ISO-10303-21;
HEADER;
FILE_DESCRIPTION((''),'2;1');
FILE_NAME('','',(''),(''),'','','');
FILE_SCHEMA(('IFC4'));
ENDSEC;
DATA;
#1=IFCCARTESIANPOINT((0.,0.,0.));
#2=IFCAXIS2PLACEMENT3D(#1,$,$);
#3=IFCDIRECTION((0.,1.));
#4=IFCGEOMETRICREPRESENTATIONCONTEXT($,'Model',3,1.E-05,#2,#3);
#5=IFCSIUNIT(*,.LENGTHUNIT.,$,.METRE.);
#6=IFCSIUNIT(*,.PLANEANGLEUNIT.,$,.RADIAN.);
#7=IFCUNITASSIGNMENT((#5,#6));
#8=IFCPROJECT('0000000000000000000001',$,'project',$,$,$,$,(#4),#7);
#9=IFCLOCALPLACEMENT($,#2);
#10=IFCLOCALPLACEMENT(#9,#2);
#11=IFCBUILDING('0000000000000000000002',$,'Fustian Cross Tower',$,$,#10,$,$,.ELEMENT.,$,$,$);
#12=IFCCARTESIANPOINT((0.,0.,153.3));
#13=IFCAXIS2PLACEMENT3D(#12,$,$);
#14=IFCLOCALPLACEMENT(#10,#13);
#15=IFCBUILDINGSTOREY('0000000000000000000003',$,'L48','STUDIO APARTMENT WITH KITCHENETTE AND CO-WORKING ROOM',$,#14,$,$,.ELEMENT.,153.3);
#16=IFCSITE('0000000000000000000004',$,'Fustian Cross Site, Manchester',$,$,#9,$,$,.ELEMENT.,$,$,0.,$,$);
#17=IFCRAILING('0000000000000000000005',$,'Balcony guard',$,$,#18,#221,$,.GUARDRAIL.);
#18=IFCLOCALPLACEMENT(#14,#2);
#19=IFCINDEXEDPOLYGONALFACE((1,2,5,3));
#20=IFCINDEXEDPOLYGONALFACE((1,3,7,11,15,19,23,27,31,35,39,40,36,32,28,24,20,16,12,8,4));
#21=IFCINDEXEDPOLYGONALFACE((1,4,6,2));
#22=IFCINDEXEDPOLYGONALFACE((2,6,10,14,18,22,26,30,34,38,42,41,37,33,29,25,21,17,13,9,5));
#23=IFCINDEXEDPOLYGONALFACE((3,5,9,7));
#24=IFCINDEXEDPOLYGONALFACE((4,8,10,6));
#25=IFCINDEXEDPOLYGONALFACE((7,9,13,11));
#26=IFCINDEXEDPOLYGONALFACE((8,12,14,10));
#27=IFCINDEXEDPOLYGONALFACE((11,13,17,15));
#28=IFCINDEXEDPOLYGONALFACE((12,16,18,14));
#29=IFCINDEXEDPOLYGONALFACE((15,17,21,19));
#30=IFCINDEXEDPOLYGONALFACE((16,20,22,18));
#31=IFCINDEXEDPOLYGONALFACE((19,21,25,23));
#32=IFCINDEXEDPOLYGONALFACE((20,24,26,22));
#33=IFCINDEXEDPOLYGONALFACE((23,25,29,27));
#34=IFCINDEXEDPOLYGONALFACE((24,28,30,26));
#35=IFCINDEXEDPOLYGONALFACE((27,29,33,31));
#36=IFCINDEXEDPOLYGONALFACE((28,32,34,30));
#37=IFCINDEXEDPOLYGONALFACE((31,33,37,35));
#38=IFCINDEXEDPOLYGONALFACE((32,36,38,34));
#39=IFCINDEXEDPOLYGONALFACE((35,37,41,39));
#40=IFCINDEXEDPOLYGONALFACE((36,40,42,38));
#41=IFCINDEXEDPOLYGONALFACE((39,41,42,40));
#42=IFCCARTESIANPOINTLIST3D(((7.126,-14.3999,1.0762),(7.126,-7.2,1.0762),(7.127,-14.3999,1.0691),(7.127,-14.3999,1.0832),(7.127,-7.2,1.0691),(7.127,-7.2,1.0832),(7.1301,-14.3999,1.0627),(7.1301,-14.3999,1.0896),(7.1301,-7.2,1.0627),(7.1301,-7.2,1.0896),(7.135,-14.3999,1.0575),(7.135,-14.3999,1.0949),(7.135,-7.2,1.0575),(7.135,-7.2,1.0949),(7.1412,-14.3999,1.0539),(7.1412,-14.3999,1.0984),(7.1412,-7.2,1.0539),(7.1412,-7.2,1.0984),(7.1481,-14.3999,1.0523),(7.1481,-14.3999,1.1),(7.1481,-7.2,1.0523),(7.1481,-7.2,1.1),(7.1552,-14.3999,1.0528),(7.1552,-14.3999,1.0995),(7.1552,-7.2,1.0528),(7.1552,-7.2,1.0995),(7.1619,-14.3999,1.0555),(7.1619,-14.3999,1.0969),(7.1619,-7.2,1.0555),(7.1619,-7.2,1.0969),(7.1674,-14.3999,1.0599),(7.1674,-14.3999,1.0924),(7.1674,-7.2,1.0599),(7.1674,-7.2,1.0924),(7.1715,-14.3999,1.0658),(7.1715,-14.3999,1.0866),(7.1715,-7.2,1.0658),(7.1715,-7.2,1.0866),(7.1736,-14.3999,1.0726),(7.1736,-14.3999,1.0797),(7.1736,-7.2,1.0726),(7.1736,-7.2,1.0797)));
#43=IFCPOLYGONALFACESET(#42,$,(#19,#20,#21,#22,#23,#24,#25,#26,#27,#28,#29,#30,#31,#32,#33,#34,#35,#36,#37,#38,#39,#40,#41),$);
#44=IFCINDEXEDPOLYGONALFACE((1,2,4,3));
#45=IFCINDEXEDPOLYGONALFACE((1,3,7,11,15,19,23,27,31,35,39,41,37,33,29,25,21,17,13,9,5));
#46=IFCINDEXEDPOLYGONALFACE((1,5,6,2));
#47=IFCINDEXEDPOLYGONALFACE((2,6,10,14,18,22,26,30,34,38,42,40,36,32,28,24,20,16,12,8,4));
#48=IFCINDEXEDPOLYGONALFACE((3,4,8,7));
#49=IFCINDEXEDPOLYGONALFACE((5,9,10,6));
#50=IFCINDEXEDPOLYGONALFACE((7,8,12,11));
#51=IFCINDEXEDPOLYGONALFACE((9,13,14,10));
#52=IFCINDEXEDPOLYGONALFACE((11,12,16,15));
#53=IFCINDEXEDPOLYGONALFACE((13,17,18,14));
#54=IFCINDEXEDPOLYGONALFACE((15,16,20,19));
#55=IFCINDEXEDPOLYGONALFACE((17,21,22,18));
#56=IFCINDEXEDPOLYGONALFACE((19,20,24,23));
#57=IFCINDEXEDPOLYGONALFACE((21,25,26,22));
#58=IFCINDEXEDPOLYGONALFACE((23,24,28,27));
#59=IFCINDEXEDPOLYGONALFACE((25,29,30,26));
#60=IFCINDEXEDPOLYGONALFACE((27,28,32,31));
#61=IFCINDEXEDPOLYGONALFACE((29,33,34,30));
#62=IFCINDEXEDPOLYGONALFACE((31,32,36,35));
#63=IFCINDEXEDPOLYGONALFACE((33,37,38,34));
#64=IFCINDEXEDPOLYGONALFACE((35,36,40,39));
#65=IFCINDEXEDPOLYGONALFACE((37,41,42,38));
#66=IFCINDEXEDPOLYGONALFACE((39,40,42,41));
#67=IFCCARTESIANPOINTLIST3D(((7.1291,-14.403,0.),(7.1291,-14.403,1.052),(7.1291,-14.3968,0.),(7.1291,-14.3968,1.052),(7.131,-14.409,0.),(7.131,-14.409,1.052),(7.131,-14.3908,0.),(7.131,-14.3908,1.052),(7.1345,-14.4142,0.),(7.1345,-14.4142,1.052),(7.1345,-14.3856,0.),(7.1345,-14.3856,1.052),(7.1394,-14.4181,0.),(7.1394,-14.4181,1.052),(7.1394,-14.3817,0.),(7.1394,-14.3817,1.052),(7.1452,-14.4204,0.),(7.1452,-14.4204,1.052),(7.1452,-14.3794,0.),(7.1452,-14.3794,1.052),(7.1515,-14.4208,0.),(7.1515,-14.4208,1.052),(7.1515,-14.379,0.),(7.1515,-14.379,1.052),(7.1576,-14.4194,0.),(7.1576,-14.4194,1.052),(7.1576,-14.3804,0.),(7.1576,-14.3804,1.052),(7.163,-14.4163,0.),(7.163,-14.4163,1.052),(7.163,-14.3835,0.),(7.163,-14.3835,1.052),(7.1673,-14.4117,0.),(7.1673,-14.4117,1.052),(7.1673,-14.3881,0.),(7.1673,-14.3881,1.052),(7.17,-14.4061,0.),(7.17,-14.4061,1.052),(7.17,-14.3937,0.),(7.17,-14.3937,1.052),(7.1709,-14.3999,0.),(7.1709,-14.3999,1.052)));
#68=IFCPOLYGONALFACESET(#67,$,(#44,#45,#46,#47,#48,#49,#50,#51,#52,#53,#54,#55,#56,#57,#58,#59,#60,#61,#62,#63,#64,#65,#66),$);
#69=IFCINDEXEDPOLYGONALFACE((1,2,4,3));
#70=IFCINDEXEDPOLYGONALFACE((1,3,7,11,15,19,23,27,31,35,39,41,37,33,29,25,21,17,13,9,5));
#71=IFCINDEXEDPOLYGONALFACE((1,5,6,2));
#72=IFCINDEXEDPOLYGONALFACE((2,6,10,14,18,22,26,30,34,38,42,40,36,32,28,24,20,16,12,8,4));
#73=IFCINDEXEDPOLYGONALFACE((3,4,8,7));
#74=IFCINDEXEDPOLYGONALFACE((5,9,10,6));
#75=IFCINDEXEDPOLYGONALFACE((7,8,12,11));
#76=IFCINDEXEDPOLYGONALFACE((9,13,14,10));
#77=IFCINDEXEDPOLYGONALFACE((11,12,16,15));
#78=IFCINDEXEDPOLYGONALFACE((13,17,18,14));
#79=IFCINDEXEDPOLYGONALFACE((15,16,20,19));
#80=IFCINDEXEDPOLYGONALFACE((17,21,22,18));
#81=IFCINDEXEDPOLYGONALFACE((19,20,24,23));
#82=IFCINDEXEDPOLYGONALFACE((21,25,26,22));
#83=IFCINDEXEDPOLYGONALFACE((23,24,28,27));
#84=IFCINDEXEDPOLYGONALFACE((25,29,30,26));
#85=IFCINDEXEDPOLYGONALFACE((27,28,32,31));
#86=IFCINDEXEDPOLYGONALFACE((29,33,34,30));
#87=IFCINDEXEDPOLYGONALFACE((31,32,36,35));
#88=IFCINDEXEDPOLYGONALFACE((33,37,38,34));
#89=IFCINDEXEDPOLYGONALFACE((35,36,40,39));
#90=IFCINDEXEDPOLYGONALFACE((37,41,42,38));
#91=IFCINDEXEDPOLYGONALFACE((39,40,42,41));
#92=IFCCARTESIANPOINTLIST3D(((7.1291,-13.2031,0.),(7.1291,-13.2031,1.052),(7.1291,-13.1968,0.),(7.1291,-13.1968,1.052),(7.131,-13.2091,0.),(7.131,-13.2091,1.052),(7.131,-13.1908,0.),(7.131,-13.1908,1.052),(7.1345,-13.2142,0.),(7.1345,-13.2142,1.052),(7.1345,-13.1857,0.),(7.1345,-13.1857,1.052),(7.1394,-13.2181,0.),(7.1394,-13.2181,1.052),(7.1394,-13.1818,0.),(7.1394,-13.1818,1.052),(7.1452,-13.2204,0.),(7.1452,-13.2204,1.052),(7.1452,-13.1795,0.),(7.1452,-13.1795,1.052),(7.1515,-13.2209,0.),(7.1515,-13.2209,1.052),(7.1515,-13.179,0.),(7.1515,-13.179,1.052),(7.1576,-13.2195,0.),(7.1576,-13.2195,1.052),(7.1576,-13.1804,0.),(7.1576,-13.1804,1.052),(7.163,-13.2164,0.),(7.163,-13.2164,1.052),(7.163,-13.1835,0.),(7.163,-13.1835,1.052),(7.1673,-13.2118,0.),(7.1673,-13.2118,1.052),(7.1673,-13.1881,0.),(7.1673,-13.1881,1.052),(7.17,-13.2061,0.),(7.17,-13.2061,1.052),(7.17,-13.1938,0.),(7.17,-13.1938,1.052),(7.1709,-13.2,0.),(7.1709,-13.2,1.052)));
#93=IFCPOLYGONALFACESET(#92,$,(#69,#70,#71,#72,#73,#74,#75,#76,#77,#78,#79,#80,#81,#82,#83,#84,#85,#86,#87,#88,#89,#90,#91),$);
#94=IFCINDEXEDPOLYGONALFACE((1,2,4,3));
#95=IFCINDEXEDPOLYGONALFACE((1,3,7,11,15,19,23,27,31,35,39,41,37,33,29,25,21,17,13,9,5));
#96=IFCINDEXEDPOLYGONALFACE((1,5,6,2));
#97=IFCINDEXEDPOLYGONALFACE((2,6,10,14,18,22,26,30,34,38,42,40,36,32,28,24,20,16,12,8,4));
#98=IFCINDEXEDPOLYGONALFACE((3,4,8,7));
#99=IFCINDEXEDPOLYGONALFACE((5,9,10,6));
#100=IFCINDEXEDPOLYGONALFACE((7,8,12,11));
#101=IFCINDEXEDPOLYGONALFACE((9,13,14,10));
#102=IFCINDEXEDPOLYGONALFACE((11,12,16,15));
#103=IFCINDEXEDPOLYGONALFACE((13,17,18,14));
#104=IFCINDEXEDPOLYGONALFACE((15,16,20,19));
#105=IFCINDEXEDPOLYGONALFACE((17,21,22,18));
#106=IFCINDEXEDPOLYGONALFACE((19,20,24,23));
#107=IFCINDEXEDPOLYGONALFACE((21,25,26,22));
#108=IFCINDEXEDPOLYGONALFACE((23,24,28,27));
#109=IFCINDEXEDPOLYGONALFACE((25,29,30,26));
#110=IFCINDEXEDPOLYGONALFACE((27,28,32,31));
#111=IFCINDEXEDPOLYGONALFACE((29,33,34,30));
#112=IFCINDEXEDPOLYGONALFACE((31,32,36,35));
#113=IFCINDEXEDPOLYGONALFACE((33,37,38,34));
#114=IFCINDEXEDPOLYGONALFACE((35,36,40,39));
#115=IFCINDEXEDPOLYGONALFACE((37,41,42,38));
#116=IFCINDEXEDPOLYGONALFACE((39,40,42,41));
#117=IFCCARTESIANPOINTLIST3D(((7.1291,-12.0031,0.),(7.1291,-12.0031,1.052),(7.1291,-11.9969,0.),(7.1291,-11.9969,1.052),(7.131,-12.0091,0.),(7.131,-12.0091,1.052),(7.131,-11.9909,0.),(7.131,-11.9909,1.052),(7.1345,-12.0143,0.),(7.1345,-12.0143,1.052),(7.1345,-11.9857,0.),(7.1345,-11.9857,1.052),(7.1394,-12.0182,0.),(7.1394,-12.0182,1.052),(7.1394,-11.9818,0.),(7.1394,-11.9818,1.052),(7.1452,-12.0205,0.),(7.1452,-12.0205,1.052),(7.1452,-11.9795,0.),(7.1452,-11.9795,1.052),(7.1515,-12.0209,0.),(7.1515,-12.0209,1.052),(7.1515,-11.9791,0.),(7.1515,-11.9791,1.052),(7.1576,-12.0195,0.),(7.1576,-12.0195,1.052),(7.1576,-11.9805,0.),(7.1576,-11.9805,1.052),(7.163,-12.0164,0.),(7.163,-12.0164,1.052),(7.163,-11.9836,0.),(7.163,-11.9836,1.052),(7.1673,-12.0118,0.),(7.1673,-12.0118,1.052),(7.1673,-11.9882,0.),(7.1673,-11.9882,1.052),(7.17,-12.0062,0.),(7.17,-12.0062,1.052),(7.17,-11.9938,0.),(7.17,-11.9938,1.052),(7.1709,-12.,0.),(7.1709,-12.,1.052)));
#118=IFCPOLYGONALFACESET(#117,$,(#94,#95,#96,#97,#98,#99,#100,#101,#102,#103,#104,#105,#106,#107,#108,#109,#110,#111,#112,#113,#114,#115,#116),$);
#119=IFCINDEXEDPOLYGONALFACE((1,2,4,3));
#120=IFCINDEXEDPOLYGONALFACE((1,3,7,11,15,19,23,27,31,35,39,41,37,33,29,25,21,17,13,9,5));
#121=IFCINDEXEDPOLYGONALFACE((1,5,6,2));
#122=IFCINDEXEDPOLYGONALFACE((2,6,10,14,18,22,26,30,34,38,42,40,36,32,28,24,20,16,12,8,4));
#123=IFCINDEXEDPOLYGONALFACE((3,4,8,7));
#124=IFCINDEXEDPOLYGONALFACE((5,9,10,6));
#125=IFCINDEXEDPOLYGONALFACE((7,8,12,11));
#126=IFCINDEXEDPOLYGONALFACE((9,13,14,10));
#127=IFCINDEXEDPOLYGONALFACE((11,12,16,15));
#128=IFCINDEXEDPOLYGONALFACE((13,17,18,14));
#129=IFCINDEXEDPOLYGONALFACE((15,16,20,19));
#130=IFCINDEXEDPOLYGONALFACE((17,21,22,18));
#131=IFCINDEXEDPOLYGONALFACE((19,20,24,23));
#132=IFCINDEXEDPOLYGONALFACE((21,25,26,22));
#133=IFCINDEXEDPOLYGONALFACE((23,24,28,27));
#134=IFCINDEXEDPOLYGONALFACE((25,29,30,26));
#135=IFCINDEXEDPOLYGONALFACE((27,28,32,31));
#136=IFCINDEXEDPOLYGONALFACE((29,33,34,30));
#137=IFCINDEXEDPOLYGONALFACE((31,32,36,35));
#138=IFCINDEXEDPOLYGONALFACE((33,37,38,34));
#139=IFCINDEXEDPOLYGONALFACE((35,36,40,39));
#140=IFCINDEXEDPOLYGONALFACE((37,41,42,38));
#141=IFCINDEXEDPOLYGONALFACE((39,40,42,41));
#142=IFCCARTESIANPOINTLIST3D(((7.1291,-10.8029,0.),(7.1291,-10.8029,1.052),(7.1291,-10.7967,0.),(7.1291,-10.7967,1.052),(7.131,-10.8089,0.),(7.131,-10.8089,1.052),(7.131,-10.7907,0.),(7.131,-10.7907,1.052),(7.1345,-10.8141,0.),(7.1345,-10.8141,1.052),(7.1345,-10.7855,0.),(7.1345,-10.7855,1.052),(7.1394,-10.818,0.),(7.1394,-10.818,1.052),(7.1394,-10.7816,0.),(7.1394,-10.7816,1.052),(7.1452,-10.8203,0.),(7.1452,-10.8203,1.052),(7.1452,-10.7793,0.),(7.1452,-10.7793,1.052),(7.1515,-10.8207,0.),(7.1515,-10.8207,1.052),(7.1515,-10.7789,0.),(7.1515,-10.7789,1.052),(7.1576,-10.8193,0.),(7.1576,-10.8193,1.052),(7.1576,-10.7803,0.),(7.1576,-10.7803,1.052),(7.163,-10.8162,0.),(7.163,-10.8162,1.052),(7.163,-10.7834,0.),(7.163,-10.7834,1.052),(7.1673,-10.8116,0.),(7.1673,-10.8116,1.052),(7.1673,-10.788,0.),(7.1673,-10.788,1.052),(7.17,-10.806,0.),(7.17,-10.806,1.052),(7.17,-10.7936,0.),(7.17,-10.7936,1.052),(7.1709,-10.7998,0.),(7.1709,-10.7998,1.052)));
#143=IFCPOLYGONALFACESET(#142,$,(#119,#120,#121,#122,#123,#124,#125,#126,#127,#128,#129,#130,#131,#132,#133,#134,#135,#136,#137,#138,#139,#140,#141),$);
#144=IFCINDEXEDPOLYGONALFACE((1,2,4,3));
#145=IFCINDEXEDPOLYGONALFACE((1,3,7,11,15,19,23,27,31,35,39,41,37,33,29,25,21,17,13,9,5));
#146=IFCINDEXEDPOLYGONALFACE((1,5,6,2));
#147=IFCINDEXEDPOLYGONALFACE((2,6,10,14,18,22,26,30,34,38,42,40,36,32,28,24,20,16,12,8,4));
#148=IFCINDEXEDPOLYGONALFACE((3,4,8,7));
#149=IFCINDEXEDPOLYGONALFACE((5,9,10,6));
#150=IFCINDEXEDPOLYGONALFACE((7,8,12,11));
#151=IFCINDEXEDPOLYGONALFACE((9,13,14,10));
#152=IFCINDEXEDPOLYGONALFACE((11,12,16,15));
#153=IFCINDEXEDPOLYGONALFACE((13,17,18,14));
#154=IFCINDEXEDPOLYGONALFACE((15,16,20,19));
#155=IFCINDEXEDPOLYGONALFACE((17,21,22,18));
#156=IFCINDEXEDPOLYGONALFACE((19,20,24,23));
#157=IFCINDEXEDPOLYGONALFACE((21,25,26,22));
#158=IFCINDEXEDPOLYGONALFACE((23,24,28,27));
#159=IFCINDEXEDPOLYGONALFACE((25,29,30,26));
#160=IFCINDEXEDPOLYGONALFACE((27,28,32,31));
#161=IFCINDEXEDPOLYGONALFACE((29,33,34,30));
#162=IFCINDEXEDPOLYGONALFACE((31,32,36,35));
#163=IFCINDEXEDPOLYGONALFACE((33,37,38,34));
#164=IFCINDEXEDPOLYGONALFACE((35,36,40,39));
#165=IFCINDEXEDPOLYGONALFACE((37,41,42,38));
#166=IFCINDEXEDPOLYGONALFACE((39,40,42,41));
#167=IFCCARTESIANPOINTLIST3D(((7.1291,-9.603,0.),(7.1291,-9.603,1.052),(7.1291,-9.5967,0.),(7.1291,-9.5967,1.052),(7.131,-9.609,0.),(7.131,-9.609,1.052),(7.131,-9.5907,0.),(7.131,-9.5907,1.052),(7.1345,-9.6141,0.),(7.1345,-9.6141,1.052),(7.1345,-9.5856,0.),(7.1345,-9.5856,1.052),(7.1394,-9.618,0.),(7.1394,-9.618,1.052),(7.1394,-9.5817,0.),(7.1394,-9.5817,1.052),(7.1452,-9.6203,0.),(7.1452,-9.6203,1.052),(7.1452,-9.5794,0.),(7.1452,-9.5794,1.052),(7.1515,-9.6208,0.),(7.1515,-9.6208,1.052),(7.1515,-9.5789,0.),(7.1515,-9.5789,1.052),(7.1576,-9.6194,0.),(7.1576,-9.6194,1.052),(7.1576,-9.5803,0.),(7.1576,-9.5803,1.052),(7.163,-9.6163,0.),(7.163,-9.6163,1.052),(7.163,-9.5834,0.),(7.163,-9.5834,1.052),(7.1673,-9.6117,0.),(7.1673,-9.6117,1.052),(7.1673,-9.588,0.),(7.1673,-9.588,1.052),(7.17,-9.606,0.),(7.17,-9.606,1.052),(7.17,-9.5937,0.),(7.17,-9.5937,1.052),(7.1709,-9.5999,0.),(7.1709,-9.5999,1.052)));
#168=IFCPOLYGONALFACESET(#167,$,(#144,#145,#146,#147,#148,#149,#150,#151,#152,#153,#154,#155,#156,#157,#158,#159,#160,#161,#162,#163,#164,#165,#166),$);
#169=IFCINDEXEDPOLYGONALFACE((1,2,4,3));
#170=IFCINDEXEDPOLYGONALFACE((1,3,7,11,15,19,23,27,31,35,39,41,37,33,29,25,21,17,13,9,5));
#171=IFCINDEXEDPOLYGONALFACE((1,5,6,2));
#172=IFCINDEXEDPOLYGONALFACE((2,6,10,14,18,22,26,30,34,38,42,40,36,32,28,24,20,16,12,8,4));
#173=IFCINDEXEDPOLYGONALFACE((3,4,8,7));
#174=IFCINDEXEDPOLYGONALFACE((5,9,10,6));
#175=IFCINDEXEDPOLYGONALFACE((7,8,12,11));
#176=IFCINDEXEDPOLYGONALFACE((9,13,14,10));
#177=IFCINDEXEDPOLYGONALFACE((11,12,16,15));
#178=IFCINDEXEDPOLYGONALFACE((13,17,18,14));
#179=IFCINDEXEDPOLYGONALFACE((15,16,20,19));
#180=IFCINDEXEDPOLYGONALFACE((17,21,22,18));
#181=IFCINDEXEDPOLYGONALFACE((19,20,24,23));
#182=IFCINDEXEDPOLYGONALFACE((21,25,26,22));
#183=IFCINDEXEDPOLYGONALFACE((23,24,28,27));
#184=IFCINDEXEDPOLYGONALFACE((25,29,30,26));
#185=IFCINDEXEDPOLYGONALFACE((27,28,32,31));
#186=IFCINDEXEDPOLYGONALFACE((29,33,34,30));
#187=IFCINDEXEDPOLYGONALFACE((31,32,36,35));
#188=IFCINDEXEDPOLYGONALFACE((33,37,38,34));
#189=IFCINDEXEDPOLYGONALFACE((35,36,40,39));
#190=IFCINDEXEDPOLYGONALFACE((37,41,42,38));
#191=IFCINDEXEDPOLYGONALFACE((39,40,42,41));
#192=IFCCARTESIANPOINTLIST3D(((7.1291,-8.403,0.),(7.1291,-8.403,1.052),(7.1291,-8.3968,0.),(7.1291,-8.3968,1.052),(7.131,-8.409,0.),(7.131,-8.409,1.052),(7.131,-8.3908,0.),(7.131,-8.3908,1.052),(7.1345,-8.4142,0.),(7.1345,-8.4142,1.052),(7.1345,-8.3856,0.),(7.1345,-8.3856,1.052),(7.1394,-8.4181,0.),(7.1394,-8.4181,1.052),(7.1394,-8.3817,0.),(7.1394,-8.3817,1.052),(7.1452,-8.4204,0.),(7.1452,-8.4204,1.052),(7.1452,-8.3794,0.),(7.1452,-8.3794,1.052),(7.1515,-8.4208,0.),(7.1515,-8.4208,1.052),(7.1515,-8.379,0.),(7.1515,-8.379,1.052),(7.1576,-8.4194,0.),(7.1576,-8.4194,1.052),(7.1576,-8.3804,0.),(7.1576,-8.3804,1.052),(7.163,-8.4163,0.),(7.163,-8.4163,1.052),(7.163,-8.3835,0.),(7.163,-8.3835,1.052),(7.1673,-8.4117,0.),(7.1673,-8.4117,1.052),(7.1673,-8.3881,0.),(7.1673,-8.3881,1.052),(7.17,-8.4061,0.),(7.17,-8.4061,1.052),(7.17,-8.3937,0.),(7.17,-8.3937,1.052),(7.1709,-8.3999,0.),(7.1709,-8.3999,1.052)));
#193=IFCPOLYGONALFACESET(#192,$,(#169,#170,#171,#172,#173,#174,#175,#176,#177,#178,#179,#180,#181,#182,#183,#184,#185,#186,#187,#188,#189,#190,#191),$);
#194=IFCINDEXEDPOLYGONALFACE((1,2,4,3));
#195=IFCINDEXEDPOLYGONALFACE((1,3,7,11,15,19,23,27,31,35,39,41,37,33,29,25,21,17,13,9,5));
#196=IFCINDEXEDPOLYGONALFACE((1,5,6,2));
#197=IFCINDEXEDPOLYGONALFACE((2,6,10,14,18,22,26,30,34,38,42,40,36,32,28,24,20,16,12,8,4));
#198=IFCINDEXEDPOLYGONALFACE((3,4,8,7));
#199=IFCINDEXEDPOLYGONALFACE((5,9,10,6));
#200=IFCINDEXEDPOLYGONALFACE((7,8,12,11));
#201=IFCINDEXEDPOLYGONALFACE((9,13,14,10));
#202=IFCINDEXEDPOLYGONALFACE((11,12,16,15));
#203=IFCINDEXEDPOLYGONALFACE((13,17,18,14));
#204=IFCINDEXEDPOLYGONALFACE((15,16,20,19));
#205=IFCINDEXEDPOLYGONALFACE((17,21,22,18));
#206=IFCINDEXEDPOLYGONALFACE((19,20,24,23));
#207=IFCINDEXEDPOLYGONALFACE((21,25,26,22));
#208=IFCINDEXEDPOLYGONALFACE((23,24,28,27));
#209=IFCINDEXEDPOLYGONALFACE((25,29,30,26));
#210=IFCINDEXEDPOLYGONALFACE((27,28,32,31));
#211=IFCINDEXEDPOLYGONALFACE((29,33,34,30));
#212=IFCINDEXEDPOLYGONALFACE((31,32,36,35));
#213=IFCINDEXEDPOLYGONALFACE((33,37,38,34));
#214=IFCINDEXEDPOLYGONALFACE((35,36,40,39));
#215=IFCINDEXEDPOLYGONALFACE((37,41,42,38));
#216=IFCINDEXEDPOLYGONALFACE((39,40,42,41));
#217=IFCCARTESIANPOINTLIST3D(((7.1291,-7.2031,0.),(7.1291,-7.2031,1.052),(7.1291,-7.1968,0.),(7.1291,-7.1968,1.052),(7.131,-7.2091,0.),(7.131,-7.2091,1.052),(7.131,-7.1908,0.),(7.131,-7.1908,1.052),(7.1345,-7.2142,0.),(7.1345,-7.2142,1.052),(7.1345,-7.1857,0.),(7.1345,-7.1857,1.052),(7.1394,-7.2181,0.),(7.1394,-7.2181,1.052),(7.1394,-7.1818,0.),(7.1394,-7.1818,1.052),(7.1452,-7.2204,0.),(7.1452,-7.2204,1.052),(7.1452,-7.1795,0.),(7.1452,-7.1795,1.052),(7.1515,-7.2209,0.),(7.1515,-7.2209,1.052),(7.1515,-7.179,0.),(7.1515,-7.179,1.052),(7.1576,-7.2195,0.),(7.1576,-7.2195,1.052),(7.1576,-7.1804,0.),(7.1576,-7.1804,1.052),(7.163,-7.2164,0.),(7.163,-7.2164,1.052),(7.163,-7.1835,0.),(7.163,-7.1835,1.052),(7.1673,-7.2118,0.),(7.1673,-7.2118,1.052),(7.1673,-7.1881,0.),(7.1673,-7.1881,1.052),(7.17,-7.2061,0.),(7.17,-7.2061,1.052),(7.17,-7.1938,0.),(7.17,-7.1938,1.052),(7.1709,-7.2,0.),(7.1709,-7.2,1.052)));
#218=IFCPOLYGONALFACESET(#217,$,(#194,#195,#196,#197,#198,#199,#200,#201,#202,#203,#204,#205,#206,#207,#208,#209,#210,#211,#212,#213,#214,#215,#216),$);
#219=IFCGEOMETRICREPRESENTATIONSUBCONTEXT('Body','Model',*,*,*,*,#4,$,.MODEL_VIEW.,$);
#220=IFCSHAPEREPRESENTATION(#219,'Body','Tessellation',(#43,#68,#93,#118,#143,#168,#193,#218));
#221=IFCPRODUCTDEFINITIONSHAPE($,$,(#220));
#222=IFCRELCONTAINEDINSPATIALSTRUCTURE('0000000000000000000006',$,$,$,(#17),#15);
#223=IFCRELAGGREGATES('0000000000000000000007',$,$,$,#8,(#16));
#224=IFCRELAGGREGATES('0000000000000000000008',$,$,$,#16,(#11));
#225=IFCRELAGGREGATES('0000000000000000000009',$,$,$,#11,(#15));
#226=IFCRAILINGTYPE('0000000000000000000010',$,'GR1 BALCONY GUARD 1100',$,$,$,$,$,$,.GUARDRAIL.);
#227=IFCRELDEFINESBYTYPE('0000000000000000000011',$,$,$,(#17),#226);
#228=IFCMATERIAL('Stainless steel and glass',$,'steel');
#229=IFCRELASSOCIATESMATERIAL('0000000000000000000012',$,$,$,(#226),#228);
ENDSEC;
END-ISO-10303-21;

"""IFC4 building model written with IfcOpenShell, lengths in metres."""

from ifc_helpers import new_model, si_unit, direction, frame, origin, origin_2d, place, context, subcontext, project, spatial, circle, extrude, material, type_object, element, save


model = new_model("IFC4")

# Units and contexts
model_context = context("Model", 3, precision=1e-05, world=origin(), true_north=direction((0.0, 1.0)))
body_context = subcontext(model_context, "Body", "Model", "MODEL_VIEW")
ifc_project = project(units=[si_unit("LENGTHUNIT", "METRE"), si_unit("PLANEANGLEUNIT", "RADIAN")], contexts=[model_context])

# Site, building, storey
site_placement = place(None, origin())
site = spatial("IfcSite", under=ifc_project, at=site_placement, Name="Fustian Cross Site, Manchester", CompositionType="ELEMENT", RefElevation=0.0)
building_placement = place(site_placement, origin())
building = spatial("IfcBuilding", under=site, at=building_placement, Name="Fustian Cross Tower", CompositionType="ELEMENT")
storey_placement = place(building_placement, frame((0.0, 0.0, 153.3)))
storey = spatial("IfcBuildingStorey", under=building, at=storey_placement, Name="L48", Description="STUDIO APARTMENT WITH KITCHENETTE AND CO-WORKING ROOM", CompositionType="ELEMENT", Elevation=153.3)

# Railing
ifc_material_1 = material(Name="Stainless steel and glass", Category="steel")
railing_type = type_object("IfcRailingType", Name="GR1 BALCONY GUARD 1100", PredefinedType="GUARDRAIL", material=ifc_material_1)
railing_placement = place(storey_placement, frame((7.1499, -14.3999, 0.0)))
element("IfcRailing", 1, at=railing_placement, inside=storey, type_object=railing_type, Name="Balcony guard", PredefinedType="GUARDRAIL", context=body_context, shape_type="SweptSolid", body=[
    extrude(circle(Radius=0.0239, at=origin_2d()), frame((0.0, 0.0, 1.0762), z_axis=(0.0, 1.0, 0.0), x_axis=(-1.0, 0.0, 0.0)), (0.0, 0.0, 1.0), 7.2),
    extrude(circle(Radius=0.021, at=origin_2d()), origin(), (0.0, 0.0, 1.0), 1.052),
    extrude(circle(Radius=0.021, at=origin_2d()), frame((0.0, 1.2, 0.0)), (0.0, 0.0, 1.0), 1.052),
    extrude(circle(Radius=0.021, at=origin_2d()), frame((0.0, 2.3999, 0.0)), (0.0, 0.0, 1.0), 1.052),
    extrude(circle(Radius=0.021, at=origin_2d()), frame((0.0, 3.6001, 0.0)), (0.0, 0.0, 1.0), 1.052),
    extrude(circle(Radius=0.021, at=origin_2d()), frame((0.0, 4.8, 0.0)), (0.0, 0.0, 1.0), 1.052),
    extrude(circle(Radius=0.021, at=origin_2d()), frame((0.0, 6.0, 0.0)), (0.0, 0.0, 1.0), 1.052),
    extrude(circle(Radius=0.021, at=origin_2d()), frame((0.0, 7.2, 0.0)), (0.0, 0.0, 1.0), 1.052),
])

save(model, "model.ifc")
